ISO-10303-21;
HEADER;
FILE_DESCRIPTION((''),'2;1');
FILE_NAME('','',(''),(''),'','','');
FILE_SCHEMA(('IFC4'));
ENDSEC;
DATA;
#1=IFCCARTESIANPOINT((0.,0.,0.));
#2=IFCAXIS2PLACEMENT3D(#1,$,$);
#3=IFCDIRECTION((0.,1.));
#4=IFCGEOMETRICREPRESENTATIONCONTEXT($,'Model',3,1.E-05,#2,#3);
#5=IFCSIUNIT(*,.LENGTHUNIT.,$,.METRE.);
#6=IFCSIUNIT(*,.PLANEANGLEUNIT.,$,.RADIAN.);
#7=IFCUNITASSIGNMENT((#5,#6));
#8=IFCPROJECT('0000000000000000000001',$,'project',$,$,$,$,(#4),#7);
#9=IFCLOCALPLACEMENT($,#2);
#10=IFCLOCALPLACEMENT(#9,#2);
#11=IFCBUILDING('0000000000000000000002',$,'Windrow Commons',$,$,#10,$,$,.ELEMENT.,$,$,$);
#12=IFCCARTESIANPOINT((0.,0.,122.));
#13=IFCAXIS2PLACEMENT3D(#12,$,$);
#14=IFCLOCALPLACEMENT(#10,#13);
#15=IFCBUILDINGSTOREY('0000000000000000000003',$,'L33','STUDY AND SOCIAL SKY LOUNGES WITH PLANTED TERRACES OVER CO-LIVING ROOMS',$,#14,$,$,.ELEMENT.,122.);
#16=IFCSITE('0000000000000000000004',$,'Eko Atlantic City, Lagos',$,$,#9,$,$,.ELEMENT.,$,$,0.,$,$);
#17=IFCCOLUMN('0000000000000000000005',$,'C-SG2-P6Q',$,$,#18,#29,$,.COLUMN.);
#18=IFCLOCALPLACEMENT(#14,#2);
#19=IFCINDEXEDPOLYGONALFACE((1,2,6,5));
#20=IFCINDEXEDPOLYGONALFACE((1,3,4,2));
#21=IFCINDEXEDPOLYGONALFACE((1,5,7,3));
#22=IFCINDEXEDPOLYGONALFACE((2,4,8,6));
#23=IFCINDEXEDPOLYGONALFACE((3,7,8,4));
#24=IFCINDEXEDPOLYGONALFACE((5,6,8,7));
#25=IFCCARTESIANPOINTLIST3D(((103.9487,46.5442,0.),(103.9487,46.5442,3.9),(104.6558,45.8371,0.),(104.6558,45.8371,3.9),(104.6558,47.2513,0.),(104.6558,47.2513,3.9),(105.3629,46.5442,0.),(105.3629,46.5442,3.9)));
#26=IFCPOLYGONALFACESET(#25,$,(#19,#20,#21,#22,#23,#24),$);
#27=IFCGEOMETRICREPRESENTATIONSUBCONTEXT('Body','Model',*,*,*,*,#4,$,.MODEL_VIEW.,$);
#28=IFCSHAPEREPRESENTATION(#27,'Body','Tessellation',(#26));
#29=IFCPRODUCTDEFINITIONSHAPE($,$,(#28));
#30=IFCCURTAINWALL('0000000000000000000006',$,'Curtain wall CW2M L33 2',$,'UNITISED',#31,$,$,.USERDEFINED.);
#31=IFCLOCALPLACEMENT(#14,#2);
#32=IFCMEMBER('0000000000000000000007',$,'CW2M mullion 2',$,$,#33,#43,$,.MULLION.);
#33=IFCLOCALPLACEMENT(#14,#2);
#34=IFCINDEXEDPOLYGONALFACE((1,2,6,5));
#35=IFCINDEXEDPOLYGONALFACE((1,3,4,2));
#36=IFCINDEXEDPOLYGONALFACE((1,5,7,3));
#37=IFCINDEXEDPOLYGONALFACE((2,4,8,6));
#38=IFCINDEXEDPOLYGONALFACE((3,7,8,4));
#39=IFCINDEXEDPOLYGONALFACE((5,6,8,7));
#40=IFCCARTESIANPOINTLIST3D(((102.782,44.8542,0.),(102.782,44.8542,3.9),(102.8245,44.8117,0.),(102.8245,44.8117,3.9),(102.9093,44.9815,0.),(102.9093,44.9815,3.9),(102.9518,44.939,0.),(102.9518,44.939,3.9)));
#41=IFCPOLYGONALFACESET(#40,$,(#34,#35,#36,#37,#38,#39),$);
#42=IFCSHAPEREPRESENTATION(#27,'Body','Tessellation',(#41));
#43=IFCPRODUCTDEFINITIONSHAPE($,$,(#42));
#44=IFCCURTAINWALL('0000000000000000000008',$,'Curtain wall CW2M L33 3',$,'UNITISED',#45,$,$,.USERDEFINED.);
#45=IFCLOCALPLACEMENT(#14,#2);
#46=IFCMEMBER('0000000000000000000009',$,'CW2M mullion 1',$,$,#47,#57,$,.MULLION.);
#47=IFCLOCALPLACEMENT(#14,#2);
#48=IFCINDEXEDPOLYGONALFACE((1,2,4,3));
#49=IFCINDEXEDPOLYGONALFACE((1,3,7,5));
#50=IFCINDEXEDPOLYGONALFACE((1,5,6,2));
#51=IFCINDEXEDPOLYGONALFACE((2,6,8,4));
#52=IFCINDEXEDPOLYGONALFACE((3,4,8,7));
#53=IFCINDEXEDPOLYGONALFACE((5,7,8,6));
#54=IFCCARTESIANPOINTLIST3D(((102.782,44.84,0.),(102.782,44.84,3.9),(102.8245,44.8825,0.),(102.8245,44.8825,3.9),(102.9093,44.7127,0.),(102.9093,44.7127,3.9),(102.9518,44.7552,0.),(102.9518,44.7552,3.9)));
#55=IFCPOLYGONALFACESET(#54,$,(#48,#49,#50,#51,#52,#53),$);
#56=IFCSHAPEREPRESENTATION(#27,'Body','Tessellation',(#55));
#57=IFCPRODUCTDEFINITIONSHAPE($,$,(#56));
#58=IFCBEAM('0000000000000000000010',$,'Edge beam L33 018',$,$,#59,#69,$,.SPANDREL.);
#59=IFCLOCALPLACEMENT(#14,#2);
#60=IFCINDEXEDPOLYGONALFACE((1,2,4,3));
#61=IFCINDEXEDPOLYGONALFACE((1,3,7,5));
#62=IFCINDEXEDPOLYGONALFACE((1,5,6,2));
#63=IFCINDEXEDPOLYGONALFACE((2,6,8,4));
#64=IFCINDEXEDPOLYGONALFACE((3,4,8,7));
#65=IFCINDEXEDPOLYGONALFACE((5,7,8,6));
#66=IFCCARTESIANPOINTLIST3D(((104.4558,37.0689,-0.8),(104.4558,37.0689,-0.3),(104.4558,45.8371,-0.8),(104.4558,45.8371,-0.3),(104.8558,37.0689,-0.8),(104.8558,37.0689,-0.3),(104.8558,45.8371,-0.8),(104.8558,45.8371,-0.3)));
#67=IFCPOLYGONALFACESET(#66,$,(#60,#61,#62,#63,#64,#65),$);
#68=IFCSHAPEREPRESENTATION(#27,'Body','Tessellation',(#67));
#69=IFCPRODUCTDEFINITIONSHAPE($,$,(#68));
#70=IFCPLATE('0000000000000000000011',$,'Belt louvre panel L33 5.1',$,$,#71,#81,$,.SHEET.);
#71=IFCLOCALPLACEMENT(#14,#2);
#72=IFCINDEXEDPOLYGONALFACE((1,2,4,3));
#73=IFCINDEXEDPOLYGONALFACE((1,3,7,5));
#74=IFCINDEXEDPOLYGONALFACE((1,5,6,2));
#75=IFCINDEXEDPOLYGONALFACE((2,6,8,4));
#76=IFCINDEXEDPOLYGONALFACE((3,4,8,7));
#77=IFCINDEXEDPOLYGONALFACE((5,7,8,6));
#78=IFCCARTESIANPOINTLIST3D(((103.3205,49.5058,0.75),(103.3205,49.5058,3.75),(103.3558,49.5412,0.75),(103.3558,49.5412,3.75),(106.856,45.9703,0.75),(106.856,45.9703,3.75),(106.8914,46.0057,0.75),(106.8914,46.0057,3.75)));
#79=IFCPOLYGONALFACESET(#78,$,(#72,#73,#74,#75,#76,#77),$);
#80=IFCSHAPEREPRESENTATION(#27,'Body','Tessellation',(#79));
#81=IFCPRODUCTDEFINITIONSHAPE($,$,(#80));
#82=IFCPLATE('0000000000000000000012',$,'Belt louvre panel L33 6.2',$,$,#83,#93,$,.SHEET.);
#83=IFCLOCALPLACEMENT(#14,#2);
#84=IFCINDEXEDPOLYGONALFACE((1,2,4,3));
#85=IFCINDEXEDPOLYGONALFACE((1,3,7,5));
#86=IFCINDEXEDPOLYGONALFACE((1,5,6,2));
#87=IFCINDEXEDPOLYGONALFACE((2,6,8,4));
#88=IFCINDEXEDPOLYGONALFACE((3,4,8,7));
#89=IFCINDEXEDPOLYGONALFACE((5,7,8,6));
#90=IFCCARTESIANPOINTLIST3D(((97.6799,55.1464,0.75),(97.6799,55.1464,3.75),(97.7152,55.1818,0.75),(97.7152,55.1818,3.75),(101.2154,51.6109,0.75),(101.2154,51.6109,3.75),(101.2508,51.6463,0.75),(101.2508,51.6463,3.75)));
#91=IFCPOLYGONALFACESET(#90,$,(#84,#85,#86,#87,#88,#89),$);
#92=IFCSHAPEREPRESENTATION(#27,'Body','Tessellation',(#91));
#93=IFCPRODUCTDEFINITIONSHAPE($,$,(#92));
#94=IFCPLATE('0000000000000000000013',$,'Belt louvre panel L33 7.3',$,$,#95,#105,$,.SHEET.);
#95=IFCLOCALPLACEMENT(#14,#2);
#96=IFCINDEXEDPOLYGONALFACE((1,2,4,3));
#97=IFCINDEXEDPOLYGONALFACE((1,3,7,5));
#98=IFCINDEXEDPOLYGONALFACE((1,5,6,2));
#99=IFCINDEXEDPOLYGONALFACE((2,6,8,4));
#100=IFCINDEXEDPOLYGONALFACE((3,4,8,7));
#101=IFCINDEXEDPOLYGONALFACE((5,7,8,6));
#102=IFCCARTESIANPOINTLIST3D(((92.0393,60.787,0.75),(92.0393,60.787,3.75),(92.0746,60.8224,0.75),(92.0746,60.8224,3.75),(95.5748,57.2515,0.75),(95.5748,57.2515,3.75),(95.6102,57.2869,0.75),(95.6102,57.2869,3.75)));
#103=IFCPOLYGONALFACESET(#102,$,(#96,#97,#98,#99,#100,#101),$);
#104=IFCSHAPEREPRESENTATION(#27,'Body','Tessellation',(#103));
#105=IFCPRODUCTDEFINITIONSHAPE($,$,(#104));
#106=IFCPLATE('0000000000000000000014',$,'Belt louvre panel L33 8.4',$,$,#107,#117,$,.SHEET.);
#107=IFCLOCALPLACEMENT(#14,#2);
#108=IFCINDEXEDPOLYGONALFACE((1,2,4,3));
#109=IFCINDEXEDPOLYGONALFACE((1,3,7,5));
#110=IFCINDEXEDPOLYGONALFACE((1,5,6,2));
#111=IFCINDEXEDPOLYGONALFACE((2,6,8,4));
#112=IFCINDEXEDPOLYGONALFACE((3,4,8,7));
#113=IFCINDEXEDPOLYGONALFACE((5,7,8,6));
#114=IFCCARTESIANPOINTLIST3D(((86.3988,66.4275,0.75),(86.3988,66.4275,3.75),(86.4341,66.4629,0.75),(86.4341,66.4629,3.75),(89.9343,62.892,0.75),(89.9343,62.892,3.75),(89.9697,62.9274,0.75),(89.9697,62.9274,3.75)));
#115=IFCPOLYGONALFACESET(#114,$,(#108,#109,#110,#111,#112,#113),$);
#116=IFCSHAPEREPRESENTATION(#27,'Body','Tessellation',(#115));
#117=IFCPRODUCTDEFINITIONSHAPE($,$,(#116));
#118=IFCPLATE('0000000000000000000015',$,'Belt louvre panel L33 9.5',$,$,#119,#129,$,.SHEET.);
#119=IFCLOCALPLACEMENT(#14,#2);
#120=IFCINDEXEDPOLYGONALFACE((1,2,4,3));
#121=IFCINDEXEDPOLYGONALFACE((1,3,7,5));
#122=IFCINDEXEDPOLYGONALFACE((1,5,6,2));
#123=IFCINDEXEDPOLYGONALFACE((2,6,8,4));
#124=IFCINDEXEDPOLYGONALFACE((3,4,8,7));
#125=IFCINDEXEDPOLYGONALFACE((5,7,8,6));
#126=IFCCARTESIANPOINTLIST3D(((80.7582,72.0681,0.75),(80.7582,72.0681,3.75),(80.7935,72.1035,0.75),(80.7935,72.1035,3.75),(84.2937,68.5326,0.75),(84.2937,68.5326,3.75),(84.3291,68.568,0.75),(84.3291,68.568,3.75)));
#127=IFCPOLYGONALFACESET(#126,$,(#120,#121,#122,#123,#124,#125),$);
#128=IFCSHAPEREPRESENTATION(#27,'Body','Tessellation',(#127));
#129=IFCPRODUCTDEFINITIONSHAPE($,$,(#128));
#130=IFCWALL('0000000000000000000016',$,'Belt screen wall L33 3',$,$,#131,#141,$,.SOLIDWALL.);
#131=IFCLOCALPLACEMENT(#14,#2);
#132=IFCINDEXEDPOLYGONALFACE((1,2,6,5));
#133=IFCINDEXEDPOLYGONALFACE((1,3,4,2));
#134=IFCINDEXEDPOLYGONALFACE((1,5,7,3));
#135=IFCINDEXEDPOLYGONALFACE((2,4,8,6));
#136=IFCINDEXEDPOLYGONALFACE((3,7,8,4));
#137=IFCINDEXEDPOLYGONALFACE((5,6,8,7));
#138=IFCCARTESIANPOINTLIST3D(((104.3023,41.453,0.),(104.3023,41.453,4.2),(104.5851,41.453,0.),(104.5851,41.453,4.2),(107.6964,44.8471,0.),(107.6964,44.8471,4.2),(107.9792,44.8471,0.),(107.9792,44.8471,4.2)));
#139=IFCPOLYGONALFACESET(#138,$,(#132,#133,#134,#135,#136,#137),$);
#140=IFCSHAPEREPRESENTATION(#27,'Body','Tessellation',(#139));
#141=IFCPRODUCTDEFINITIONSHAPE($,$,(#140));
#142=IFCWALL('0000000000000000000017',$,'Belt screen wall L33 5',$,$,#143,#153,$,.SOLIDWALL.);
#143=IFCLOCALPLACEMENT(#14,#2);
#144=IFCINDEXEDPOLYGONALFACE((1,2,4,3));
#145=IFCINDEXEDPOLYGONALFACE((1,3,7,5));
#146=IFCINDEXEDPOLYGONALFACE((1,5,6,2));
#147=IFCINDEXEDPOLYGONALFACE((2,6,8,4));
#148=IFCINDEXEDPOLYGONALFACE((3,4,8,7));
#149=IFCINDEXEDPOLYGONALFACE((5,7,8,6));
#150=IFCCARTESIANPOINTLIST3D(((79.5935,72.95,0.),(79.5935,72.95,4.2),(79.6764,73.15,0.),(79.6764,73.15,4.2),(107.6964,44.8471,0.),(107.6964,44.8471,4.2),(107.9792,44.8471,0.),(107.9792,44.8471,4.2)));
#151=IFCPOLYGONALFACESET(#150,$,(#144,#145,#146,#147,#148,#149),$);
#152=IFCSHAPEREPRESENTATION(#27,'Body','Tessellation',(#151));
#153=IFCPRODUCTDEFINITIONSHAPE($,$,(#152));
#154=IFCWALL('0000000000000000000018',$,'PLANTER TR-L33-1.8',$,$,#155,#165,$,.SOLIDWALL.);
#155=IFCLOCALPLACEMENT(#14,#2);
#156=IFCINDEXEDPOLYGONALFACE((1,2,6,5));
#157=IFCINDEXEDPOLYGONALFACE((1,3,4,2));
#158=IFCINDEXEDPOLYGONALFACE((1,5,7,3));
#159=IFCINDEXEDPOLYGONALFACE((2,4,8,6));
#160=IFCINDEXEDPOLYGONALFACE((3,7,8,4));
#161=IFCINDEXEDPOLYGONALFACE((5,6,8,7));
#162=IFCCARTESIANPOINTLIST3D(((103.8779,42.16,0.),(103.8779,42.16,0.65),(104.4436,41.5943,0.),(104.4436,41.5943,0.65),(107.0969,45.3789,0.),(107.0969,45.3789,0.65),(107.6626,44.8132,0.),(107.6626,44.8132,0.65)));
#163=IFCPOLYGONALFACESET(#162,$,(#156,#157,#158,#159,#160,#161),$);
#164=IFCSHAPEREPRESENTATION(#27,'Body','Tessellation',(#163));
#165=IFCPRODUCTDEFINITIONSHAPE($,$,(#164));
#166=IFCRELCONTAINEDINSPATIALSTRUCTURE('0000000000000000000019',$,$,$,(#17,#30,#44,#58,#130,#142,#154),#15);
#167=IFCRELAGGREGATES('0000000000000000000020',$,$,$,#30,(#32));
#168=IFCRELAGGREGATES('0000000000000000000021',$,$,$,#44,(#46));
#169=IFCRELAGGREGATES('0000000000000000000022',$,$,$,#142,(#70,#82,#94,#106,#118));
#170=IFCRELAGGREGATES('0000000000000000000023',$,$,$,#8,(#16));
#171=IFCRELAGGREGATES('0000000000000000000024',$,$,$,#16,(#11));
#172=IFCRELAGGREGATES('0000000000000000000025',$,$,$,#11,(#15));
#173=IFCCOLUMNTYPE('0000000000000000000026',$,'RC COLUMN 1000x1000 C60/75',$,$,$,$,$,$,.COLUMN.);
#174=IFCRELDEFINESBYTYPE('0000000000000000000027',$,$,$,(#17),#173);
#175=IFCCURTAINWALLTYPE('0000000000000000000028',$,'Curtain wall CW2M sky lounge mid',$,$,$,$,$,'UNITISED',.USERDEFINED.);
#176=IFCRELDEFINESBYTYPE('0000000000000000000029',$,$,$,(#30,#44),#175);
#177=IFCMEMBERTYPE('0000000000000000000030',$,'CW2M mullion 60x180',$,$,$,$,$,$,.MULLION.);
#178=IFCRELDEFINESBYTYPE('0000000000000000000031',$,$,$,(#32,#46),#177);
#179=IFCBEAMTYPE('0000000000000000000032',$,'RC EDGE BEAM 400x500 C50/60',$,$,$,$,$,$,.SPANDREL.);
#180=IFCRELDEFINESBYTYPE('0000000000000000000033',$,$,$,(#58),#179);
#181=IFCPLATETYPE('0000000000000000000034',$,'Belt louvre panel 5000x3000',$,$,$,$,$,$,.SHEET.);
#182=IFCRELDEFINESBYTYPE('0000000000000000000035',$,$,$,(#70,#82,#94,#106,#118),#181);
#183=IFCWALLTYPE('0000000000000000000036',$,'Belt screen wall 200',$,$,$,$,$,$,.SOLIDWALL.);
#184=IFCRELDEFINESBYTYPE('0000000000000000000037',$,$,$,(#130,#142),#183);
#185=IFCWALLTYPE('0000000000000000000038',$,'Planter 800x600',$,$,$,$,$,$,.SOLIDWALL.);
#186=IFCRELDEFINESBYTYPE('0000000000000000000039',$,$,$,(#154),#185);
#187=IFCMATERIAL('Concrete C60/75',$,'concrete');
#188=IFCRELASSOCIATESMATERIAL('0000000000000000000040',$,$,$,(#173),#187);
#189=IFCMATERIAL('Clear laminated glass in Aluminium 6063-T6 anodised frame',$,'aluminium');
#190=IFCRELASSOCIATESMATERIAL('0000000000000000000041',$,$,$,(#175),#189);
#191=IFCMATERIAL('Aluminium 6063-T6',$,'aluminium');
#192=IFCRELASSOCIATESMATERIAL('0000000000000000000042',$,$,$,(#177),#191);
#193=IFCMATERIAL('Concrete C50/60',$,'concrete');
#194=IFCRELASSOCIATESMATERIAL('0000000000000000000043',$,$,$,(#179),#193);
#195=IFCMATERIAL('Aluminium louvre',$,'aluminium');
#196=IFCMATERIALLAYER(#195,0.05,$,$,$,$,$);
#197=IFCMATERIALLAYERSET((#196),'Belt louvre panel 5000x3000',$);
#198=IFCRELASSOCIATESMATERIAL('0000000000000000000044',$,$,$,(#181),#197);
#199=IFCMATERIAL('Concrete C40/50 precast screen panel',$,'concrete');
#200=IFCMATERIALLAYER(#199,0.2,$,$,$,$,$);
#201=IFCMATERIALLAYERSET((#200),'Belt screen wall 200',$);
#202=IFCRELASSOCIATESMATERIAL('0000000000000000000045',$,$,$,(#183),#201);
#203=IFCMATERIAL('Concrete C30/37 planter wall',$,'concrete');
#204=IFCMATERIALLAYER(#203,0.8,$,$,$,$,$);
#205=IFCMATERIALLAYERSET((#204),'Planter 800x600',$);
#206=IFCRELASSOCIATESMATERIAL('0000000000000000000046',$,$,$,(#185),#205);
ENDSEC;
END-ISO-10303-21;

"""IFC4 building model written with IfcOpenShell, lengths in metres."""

from ifc_helpers import new_model, si_unit, direction, frame, frame_2d, origin, origin_2d, place, context, subcontext, project, spatial, polyline, rectangle, outline, extrude, material, layer, layer_set, material_profile, profile_set, type_object, element, aggregate, save


model = new_model("IFC4")

# Units and contexts
model_context = context("Model", 3, precision=1e-05, world=origin(), true_north=direction((0.0, 1.0)))
body_context = subcontext(model_context, "Body", "Model", "MODEL_VIEW")
ifc_project = project(units=[si_unit("LENGTHUNIT", "METRE"), si_unit("PLANEANGLEUNIT", "RADIAN")], contexts=[model_context])

# Site, building, storey
site_placement = place(None, origin())
site = spatial("IfcSite", under=ifc_project, at=site_placement, Name="Eko Atlantic City, Lagos", CompositionType="ELEMENT", RefElevation=0.0)
building_placement = place(site_placement, origin())
building = spatial("IfcBuilding", under=site, at=building_placement, Name="Windrow Commons", CompositionType="ELEMENT")
storey_placement = place(building_placement, frame((0.0, 0.0, 122.0)))
storey = spatial("IfcBuildingStorey", under=building, at=storey_placement, Name="L33", Description="STUDY AND SOCIAL SKY LOUNGES WITH PLANTED TERRACES OVER CO-LIVING ROOMS", CompositionType="ELEMENT", Elevation=122.0)

# Column
ifc_material_1 = material(Name="Concrete C60/75", Category="concrete")
ifc_material_profile_1 = material_profile(ifc_material_1, rectangle(XDim=1.0, YDim=1.0, at=origin_2d()))
ifc_profile_set_1 = profile_set([ifc_material_profile_1], Name="Concrete C60/75")
column_type = type_object("IfcColumnType", Name="RC COLUMN 1000x1000 C60/75", PredefinedType="COLUMN", material=ifc_profile_set_1)
column_placement = place(storey_placement, frame((104.6558, 46.5442, 0.0), z_axis=(0.0, 0.0, 1.0), x_axis=(0.707107, -0.707107, 0.0)))
element("IfcColumn", 1, at=column_placement, inside=storey, type_object=column_type, Name="C-SG2-P6Q", PredefinedType="COLUMN", context=body_context, shape_type="SweptSolid", body=[
    extrude(rectangle(XDim=1.0, YDim=1.0, at=origin_2d()), origin(), (0.0, 0.0, 1.0), 3.9),
])

# Curtain walls, members
ifc_material_2 = material(Name="Clear laminated glass in Aluminium 6063-T6 anodised frame", Category="aluminium")
curtain_wall_type = type_object("IfcCurtainWallType", Name="Curtain wall CW2M sky lounge mid", ElementType="UNITISED", PredefinedType="USERDEFINED", material=ifc_material_2)
placement = place(storey_placement, origin())
curtain_wall_1 = element("IfcCurtainWall", 2, at=placement, inside=storey, type_object=curtain_wall_type, Name="Curtain wall CW2M L33 2", ObjectType="UNITISED", PredefinedType="USERDEFINED")
ifc_material_3 = material(Name="Aluminium 6063-T6", Category="aluminium")
ifc_material_profile_2 = material_profile(ifc_material_3, rectangle(XDim=0.06, YDim=0.18, at=origin_2d()))
ifc_profile_set_2 = profile_set([ifc_material_profile_2], Name="Aluminium 6063-T6")
member_type = type_object("IfcMemberType", Name="CW2M mullion 60x180", PredefinedType="MULLION", material=ifc_profile_set_2)
member_1_placement = place(storey_placement, frame((102.8669, 44.8966, 0.0), z_axis=(0.0, 0.0, 1.0), x_axis=(-0.707107, 0.707107, 0.0)))
member_1 = element("IfcMember", 3, at=member_1_placement, type_object=member_type, Name="CW2M mullion 2", PredefinedType="MULLION", context=body_context, shape_type="SweptSolid", body=[
    extrude(rectangle(XDim=0.06, YDim=0.18, at=origin_2d()), origin(), (0.0, 0.0, 1.0), 3.9),
])
aggregate(curtain_wall_1, [member_1])
curtain_wall_2 = element("IfcCurtainWall", 4, at=placement, inside=storey, type_object=curtain_wall_type, Name="Curtain wall CW2M L33 3", ObjectType="UNITISED", PredefinedType="USERDEFINED")
member_2_placement = place(storey_placement, frame((102.8669, 44.7976, 0.0), z_axis=(0.0, 0.0, 1.0), x_axis=(-0.707107, -0.707107, 0.0)))
member_2 = element("IfcMember", 5, at=member_2_placement, type_object=member_type, Name="CW2M mullion 1", PredefinedType="MULLION", context=body_context, shape_type="SweptSolid", body=[
    extrude(rectangle(XDim=0.06, YDim=0.18, at=origin_2d()), origin(), (0.0, 0.0, 1.0), 3.9),
])
aggregate(curtain_wall_2, [member_2])

# Beam
ifc_material_4 = material(Name="Concrete C50/60", Category="concrete")
ifc_material_profile_3 = material_profile(ifc_material_4, rectangle(XDim=0.4, YDim=0.5, at=origin_2d()))
ifc_profile_set_3 = profile_set([ifc_material_profile_3], Name="Concrete C50/60")
beam_type = type_object("IfcBeamType", Name="RC EDGE BEAM 400x500 C50/60", PredefinedType="SPANDREL", material=ifc_profile_set_3)
beam_placement = place(storey_placement, frame((104.6558, 45.8371, -0.55), z_axis=(0.0, -1.0, 0.0), x_axis=(1.0, 0.0, 0.0)))
element("IfcBeam", 6, at=beam_placement, inside=storey, type_object=beam_type, Name="Edge beam L33 018", PredefinedType="SPANDREL", context=body_context, shape_type="SweptSolid", body=[
    extrude(rectangle(XDim=0.4, YDim=0.5, at=origin_2d()), origin(), (0.0, 0.0, 1.0), 8.7682),
])

# Plates
ifc_material_5 = material(Name="Aluminium louvre", Category="aluminium")
ifc_layer_1 = layer(ifc_material_5, 0.05)
ifc_layer_set_1 = layer_set([ifc_layer_1], Name="Belt louvre panel 5000x3000")
plate_type = type_object("IfcPlateType", Name="Belt louvre panel 5000x3000", PredefinedType="SHEET", material=ifc_layer_set_1)
plate_1_placement = place(storey_placement, frame((106.8914, 46.0057, 0.75), z_axis=(0.707097, 0.707117, 0.0), x_axis=(-0.707117, 0.707097, 0.0)))
plate_1 = element("IfcPlate", 7, at=plate_1_placement, type_object=plate_type, Name="Belt louvre panel L33 5.1", PredefinedType="SHEET", context=body_context, shape_type="SweptSolid", body=[
    extrude(outline(polyline([(0.0, 0.0), (5.0, 0.0), (5.0, 3.0), (0.0, 3.0), (0.0, 0.0)])), origin(), (0.0, 0.0, -1.0), 0.05),
])
plate_2_placement = place(storey_placement, frame((101.2508, 51.6463, 0.75), z_axis=(0.707097, 0.707117, 0.0), x_axis=(-0.707117, 0.707097, 0.0)))
plate_2 = element("IfcPlate", 8, at=plate_2_placement, type_object=plate_type, Name="Belt louvre panel L33 6.2", PredefinedType="SHEET", context=body_context, shape_type="SweptSolid", body=[
    extrude(outline(polyline([(0.0, 0.0), (5.0, 0.0), (5.0, 3.0), (0.0, 3.0), (0.0, 0.0)])), origin(), (0.0, 0.0, -1.0), 0.05),
])
plate_3_placement = place(storey_placement, frame((95.6102, 57.2869, 0.75), z_axis=(0.707097, 0.707117, 0.0), x_axis=(-0.707117, 0.707097, 0.0)))
plate_3 = element("IfcPlate", 9, at=plate_3_placement, type_object=plate_type, Name="Belt louvre panel L33 7.3", PredefinedType="SHEET", context=body_context, shape_type="SweptSolid", body=[
    extrude(outline(polyline([(0.0, 0.0), (5.0, 0.0), (5.0, 3.0), (0.0, 3.0), (0.0, 0.0)])), origin(), (0.0, 0.0, -1.0), 0.05),
])
plate_4_placement = place(storey_placement, frame((89.9697, 62.9274, 0.75), z_axis=(0.707097, 0.707117, 0.0), x_axis=(-0.707117, 0.707097, 0.0)))
plate_4 = element("IfcPlate", 10, at=plate_4_placement, type_object=plate_type, Name="Belt louvre panel L33 8.4", PredefinedType="SHEET", context=body_context, shape_type="SweptSolid", body=[
    extrude(outline(polyline([(0.0, 0.0), (5.0, 0.0), (5.0, 3.0), (0.0, 3.0), (0.0, 0.0)])), origin(), (0.0, 0.0, -1.0), 0.05),
])
plate_5_placement = place(storey_placement, frame((84.3291, 68.568, 0.75), z_axis=(0.707097, 0.707117, 0.0), x_axis=(-0.707117, 0.707097, 0.0)))
plate_5 = element("IfcPlate", 11, at=plate_5_placement, type_object=plate_type, Name="Belt louvre panel L33 9.5", PredefinedType="SHEET", context=body_context, shape_type="SweptSolid", body=[
    extrude(outline(polyline([(0.0, 0.0), (5.0, 0.0), (5.0, 3.0), (0.0, 3.0), (0.0, 0.0)])), origin(), (0.0, 0.0, -1.0), 0.05),
])

# Walls
ifc_material_6 = material(Name="Concrete C40/50 precast screen panel", Category="concrete")
ifc_layer_2 = layer(ifc_material_6, 0.2)
ifc_layer_set_2 = layer_set([ifc_layer_2], Name="Belt screen wall 200")
wall_type_1 = type_object("IfcWallType", Name="Belt screen wall 200", PredefinedType="SOLIDWALL", material=ifc_layer_set_2)
wall_1_placement = place(storey_placement, frame((104.4437, 41.453, 0.0), z_axis=(0.0, 0.0, 1.0), x_axis=(0.707107, 0.707107, 0.0)))
element("IfcWall", 12, at=wall_1_placement, inside=storey, type_object=wall_type_1, Name="Belt screen wall L33 3", PredefinedType="SOLIDWALL", context=body_context, shape_type="SweptSolid", body=[
    extrude(outline(polyline([(0.1, -0.1), (4.9, -0.1), (4.7, 0.1), (-0.1, 0.1), (0.1, -0.1)])), origin(), (0.0, 0.0, 1.0), 4.2),
])
wall_2_placement = place(storey_placement, frame((107.8378, 44.8471, 0.0), z_axis=(0.0, 0.0, 1.0), x_axis=(-0.707107, 0.707107, 0.0)))
wall_2 = element("IfcWall", 13, at=wall_2_placement, inside=storey, type_object=wall_type_1, Name="Belt screen wall L33 5", PredefinedType="SOLIDWALL", context=body_context, shape_type="SweptSolid", body=[
    extrude(outline(polyline([(-0.1, -0.1), (39.9263, -0.1), (39.8435, 0.1), (0.1, 0.1), (-0.1, -0.1)])), origin(), (0.0, 0.0, 1.0), 4.2),
])
aggregate(wall_2, [plate_1, plate_2, plate_3, plate_4, plate_5])
ifc_material_7 = material(Name="Concrete C30/37 planter wall", Category="concrete")
ifc_layer_3 = layer(ifc_material_7, 0.8)
ifc_layer_set_3 = layer_set([ifc_layer_3], Name="Planter 800x600")
wall_type_2 = type_object("IfcWallType", Name="Planter 800x600", PredefinedType="SOLIDWALL", material=ifc_layer_set_3)
wall_3_placement = place(storey_placement, frame((104.1608, 41.8772, 0.0), z_axis=(0.0, 0.0, 1.0), x_axis=(0.707118, 0.707096, 0.0)))
element("IfcWall", 14, at=wall_3_placement, inside=storey, type_object=wall_type_2, Name="PLANTER TR-L33-1.8", PredefinedType="SOLIDWALL", context=body_context, shape_type="SweptSolid", body=[
    extrude(rectangle(XDim=4.5523, YDim=0.8, at=frame_2d((2.2761, 0.0))), origin(), (0.0, 0.0, 1.0), 0.65),
])

save(model, "model.ifc")
